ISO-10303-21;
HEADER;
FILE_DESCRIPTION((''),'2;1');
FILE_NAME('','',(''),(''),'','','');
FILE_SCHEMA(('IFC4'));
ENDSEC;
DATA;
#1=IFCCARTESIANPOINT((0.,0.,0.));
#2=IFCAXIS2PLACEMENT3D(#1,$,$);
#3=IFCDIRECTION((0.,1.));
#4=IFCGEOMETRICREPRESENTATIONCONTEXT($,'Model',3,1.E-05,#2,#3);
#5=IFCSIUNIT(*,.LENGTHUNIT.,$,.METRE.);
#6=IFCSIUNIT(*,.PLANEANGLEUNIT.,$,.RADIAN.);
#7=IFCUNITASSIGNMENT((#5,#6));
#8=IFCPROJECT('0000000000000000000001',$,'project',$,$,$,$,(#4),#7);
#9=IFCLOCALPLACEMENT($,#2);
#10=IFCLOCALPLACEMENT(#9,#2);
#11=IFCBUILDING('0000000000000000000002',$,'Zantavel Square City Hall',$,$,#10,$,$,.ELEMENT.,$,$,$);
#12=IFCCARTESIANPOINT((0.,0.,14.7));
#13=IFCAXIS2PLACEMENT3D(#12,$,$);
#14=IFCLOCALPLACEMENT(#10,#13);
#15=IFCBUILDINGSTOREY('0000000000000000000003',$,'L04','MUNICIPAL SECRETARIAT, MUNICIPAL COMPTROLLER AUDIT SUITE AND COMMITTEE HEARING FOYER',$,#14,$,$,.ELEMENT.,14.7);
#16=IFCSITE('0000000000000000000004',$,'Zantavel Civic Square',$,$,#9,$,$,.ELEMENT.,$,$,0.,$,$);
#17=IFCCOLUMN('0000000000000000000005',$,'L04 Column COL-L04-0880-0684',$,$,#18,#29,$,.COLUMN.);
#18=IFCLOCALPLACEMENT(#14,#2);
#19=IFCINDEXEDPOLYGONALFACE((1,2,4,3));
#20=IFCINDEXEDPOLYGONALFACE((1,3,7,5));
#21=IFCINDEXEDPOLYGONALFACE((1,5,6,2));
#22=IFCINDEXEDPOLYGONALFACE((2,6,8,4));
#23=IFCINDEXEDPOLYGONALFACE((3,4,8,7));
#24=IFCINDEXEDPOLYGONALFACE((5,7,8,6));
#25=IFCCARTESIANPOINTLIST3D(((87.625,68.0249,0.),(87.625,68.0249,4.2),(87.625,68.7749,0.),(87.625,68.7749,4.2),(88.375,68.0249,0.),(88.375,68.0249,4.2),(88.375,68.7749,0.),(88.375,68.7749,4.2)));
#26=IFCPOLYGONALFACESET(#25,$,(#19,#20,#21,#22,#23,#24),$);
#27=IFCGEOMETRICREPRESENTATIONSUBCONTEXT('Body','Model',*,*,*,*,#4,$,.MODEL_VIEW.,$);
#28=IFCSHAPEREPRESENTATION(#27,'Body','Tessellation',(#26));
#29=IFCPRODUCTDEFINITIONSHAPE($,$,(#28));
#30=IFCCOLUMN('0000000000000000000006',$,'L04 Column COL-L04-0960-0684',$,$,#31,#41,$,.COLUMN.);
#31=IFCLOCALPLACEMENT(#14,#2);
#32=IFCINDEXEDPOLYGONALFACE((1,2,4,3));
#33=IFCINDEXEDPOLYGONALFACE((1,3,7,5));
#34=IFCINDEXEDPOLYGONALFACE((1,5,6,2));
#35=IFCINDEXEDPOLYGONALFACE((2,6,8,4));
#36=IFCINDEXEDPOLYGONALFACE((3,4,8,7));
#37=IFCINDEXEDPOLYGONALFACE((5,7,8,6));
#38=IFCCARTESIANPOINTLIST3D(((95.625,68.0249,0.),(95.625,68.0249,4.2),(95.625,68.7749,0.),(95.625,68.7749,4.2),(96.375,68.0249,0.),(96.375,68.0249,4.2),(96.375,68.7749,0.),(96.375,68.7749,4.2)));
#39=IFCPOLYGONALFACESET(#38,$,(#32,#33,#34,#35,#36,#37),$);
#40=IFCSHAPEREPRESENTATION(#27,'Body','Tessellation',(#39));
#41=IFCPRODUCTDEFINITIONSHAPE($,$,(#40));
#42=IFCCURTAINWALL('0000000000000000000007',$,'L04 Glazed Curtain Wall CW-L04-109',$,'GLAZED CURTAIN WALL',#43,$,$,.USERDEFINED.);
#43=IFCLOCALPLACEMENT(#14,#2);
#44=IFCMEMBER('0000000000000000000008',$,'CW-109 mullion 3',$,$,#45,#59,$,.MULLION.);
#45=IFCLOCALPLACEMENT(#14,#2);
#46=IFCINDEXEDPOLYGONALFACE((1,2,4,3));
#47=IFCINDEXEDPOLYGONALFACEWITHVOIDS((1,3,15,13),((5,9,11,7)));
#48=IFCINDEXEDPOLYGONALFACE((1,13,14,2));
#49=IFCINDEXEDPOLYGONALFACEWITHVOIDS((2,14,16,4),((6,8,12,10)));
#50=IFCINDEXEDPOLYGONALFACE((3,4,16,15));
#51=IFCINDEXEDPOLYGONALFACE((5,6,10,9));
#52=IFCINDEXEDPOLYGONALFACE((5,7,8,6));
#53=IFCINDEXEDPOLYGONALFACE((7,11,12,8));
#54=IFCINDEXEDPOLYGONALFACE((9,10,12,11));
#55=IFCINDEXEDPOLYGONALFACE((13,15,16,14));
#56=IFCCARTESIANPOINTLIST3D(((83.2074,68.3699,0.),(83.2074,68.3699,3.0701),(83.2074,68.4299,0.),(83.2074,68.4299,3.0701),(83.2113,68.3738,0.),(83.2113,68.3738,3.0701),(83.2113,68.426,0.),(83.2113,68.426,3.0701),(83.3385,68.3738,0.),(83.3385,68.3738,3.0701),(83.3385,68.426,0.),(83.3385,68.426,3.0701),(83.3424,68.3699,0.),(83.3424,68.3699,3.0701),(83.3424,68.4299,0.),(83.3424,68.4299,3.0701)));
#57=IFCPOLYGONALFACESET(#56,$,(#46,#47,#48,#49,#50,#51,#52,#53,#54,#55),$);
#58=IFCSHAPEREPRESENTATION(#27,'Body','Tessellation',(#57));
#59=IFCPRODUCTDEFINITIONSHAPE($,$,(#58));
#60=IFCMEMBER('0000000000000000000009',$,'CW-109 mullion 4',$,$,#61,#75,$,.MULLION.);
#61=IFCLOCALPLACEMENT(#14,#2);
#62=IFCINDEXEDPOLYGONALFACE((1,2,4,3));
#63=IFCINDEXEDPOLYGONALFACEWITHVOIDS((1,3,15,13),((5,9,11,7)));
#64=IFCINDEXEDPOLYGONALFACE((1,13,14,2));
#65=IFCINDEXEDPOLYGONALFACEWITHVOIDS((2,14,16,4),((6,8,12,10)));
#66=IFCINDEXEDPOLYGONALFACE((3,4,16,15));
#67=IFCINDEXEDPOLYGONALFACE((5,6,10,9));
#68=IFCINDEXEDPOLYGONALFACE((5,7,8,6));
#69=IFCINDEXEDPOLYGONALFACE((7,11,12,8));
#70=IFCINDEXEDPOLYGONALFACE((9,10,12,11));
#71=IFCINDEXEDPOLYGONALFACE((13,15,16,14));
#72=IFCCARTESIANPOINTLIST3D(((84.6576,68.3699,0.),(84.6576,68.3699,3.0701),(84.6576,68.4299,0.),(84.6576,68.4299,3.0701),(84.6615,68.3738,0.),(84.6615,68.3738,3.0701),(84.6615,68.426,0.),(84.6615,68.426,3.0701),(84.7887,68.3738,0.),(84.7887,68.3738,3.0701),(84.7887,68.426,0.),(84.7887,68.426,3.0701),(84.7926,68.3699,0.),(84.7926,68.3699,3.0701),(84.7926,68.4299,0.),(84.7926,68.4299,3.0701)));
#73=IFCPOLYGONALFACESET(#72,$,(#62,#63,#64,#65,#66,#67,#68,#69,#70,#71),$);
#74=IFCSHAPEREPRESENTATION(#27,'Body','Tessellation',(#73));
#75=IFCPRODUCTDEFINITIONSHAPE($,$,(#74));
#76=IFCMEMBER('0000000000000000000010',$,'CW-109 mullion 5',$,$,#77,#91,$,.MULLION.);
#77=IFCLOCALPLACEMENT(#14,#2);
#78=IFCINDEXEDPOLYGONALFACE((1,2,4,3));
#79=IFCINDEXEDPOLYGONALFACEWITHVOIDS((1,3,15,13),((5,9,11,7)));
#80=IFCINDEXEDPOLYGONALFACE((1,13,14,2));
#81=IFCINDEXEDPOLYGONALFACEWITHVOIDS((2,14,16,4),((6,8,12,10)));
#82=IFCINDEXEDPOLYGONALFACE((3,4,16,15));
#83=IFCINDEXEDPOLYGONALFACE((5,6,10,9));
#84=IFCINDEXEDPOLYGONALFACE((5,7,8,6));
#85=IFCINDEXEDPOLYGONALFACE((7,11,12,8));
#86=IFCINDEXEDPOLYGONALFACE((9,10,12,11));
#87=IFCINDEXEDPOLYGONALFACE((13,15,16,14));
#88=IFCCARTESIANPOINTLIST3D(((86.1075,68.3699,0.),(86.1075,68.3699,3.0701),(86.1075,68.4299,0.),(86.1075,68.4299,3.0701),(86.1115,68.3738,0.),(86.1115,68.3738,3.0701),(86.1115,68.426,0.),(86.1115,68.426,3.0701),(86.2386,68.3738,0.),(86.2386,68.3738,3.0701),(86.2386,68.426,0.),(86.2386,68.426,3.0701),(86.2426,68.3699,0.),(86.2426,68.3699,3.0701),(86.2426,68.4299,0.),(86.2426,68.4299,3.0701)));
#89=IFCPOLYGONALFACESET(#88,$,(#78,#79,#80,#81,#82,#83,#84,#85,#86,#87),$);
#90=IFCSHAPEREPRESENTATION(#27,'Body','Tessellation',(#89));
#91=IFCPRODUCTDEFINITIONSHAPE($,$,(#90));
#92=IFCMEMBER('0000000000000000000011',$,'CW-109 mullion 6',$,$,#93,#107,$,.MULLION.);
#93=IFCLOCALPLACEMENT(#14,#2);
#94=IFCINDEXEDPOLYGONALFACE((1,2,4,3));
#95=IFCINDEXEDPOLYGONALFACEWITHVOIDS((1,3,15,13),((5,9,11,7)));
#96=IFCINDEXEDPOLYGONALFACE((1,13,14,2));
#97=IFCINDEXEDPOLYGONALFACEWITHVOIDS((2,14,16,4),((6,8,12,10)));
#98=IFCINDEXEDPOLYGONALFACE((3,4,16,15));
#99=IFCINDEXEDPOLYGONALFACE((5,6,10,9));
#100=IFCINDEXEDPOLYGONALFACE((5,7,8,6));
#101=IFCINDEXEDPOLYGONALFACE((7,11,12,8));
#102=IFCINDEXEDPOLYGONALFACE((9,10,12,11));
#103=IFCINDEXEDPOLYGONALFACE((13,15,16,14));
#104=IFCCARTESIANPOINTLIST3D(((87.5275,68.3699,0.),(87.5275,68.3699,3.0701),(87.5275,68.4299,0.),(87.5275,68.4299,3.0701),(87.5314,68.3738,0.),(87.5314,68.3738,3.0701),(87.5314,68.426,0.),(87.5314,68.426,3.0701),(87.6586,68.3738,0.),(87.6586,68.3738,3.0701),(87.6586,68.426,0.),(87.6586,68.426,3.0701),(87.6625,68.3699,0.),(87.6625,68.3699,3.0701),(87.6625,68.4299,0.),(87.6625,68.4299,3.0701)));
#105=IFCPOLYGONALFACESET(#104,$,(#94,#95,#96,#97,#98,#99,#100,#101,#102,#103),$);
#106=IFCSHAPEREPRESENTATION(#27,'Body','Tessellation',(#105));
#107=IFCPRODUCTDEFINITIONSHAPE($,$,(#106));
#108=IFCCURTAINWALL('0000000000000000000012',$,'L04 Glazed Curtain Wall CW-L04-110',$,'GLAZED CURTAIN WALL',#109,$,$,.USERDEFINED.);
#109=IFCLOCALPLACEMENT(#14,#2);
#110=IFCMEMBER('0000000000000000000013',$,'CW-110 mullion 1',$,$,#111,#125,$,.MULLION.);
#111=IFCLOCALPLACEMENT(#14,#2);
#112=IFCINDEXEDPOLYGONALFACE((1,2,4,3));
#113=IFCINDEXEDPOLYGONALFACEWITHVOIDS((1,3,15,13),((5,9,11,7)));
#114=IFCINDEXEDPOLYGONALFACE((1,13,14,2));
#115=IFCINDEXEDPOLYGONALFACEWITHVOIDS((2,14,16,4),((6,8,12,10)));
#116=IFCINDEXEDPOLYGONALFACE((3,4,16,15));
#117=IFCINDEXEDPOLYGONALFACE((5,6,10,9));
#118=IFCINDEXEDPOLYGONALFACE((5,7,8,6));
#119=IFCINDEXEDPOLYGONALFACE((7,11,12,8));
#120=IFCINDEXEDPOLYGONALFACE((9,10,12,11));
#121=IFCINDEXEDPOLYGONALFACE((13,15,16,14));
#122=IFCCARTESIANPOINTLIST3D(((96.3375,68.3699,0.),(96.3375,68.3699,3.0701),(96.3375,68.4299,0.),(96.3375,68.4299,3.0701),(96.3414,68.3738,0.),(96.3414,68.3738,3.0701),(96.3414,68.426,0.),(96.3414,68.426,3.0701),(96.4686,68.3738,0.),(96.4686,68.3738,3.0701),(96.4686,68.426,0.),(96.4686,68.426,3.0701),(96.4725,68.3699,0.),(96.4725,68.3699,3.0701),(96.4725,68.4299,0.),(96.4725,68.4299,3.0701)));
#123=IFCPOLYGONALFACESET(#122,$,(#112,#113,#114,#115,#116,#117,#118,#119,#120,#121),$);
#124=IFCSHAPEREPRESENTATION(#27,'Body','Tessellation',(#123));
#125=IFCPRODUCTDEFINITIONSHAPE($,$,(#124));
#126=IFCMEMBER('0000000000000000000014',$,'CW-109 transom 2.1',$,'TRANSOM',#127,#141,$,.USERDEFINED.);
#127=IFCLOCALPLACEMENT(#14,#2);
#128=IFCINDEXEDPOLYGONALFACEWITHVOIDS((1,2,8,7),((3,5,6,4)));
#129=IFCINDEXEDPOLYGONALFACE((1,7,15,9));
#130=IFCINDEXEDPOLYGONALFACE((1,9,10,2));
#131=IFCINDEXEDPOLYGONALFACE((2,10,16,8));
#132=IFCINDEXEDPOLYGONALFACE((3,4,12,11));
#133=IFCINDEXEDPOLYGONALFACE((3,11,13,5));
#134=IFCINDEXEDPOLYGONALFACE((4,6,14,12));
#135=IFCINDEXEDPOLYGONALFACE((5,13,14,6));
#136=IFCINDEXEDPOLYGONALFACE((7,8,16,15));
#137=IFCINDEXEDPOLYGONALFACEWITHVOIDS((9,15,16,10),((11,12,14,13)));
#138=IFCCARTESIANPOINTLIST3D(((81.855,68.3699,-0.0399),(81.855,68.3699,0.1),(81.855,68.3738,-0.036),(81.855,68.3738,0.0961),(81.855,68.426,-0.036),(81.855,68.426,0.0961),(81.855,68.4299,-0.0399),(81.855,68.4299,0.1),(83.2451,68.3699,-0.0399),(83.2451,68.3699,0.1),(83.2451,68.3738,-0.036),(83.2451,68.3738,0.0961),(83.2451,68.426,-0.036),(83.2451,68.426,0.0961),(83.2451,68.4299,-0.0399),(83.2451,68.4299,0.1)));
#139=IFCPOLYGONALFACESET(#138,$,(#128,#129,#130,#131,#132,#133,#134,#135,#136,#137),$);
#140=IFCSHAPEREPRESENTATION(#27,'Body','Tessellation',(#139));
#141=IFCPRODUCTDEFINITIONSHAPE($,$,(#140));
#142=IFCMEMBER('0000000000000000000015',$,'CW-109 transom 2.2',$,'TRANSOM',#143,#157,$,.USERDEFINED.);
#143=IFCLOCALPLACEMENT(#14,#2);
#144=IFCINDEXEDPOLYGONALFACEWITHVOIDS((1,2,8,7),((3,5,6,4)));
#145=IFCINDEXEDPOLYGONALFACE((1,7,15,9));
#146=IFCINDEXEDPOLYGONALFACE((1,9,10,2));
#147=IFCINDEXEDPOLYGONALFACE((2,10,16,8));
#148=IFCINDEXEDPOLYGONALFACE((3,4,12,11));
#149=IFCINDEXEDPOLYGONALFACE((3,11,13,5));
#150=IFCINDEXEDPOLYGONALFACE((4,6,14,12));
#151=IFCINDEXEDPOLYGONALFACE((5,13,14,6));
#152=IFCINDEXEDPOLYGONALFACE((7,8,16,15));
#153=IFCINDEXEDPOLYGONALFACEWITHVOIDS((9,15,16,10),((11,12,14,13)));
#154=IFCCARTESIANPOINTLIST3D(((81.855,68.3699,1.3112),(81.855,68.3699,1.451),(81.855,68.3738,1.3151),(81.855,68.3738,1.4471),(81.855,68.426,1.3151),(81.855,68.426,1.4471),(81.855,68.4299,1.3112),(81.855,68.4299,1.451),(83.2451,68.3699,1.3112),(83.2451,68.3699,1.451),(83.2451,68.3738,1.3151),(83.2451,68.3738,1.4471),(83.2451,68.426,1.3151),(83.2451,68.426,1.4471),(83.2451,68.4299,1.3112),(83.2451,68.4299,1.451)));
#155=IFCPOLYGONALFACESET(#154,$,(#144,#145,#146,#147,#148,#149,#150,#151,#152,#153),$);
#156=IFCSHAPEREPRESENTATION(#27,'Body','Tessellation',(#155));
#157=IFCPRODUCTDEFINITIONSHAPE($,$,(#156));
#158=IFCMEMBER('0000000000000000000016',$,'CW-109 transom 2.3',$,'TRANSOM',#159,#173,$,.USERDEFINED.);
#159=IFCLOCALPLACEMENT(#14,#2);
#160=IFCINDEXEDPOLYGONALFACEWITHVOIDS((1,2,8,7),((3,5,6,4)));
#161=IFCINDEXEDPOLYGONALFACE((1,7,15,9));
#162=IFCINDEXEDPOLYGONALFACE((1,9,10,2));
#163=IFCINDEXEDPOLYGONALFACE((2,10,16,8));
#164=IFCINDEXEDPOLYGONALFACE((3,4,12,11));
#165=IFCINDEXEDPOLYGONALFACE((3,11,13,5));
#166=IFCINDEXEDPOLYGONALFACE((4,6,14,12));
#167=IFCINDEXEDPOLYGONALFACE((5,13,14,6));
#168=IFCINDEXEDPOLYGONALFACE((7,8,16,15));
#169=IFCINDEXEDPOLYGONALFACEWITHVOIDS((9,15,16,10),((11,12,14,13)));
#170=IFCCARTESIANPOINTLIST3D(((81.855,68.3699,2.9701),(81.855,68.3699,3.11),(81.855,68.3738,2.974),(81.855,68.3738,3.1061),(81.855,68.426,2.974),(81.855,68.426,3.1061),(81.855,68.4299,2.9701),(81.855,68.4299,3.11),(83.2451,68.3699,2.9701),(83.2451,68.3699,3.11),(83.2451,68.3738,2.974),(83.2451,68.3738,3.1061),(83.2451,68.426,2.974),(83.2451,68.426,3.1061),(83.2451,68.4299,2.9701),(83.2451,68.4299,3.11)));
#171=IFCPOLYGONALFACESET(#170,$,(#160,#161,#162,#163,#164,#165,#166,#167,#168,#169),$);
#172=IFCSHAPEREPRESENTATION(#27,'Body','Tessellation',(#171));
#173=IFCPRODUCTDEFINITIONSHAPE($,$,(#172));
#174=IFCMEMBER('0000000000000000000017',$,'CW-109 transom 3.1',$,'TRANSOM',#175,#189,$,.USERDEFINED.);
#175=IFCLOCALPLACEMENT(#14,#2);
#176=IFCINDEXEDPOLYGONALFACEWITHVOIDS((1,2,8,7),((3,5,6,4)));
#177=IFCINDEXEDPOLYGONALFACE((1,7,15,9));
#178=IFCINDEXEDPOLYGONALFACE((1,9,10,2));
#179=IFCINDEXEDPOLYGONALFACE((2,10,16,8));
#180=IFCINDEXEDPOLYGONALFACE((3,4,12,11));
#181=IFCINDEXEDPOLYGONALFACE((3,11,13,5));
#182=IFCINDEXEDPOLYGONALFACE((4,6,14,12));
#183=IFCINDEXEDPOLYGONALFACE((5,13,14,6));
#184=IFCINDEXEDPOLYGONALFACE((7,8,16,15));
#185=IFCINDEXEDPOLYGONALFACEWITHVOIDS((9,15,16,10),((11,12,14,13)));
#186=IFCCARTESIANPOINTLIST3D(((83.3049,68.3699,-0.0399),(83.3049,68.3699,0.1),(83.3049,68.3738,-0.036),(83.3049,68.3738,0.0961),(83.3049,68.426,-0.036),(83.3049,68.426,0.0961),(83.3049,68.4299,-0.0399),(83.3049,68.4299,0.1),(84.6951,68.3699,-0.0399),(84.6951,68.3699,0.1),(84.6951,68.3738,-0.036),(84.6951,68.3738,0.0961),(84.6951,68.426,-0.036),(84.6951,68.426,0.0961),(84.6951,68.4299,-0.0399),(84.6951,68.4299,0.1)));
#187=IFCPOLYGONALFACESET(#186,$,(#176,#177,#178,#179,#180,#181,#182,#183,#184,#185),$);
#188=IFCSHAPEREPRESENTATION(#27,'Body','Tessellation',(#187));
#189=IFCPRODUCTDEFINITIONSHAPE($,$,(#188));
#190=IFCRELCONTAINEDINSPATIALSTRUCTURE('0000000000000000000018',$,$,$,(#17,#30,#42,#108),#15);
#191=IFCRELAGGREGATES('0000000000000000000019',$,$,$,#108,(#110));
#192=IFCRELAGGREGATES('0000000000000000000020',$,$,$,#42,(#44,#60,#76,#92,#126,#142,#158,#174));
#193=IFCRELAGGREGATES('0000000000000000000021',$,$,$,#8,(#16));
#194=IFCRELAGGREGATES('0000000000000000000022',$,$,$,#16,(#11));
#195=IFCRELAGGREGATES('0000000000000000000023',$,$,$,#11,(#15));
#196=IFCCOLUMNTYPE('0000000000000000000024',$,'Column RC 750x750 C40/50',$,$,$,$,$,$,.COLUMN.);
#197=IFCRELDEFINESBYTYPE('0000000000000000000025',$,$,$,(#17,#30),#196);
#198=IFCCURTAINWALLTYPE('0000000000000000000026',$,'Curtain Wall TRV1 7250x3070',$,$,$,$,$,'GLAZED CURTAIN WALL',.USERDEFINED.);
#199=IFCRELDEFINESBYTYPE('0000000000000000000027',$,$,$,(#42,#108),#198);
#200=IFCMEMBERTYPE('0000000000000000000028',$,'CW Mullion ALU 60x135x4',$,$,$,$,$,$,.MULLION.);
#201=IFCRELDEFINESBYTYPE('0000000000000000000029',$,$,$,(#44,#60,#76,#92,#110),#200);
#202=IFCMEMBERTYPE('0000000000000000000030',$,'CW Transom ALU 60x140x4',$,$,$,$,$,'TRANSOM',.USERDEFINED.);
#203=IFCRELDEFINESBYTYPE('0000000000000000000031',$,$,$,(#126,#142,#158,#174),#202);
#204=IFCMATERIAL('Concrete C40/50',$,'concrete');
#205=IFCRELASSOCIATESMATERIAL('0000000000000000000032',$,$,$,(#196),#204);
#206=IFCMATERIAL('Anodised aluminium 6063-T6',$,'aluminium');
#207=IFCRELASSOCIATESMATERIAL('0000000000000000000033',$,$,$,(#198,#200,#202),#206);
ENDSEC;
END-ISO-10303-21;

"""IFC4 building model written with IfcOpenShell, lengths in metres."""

from ifc_helpers import new_model, si_unit, direction, frame, origin, origin_2d, place, context, subcontext, project, spatial, rectangle, hollow_rectangle, extrude, material, material_profile, profile_set, type_object, element, aggregate, save


model = new_model("IFC4")

# Units and contexts
model_context = context("Model", 3, precision=1e-05, world=origin(), true_north=direction((0.0, 1.0)))
body_context = subcontext(model_context, "Body", "Model", "MODEL_VIEW")
ifc_project = project(units=[si_unit("LENGTHUNIT", "METRE"), si_unit("PLANEANGLEUNIT", "RADIAN")], contexts=[model_context])

# Site, building, storey
site_placement = place(None, origin())
site = spatial("IfcSite", under=ifc_project, at=site_placement, Name="Zantavel Civic Square", CompositionType="ELEMENT", RefElevation=0.0)
building_placement = place(site_placement, origin())
building = spatial("IfcBuilding", under=site, at=building_placement, Name="Zantavel Square City Hall", CompositionType="ELEMENT")
storey_placement = place(building_placement, frame((0.0, 0.0, 14.7)))
storey = spatial("IfcBuildingStorey", under=building, at=storey_placement, Name="L04", Description="MUNICIPAL SECRETARIAT, MUNICIPAL COMPTROLLER AUDIT SUITE AND COMMITTEE HEARING FOYER", CompositionType="ELEMENT", Elevation=14.7)

# Columns
ifc_material_1 = material(Name="Concrete C40/50", Category="concrete")
ifc_material_profile_1 = material_profile(ifc_material_1, rectangle(XDim=0.75, YDim=0.75, at=origin_2d()), Name="RC 750x750")
ifc_profile_set_1 = profile_set([ifc_material_profile_1], Name="Concrete C40/50")
column_type = type_object("IfcColumnType", Name="Column RC 750x750 C40/50", PredefinedType="COLUMN", material=ifc_profile_set_1)
for number, where, z_axis, x_axis, name in (
    (1, (88.0, 68.3999, 0.0), (0.0, 0.0, 1.0), (1.0, 0.0, 0.0), "L04 Column COL-L04-0880-0684"),
    (2, (96.0, 68.3999, 0.0), (0.0, 0.0, 1.0), (1.0, 0.0, 0.0), "L04 Column COL-L04-0960-0684"),
):
    element("IfcColumn", number, at=place(storey_placement, frame(where, z_axis=z_axis, x_axis=x_axis)), inside=storey, type_object=column_type, Name=name, PredefinedType="COLUMN", context=body_context, shape_type="SweptSolid", body=[
        extrude(rectangle(XDim=0.75, YDim=0.75, at=origin_2d()), origin(), (0.0, 0.0, 1.0), 4.2),
    ])

# Curtain wall, members
ifc_material_2 = material(Name="Anodised aluminium 6063-T6", Category="aluminium")
curtain_wall_type = type_object("IfcCurtainWallType", Name="Curtain Wall TRV1 7250x3070", ElementType="GLAZED CURTAIN WALL", PredefinedType="USERDEFINED", material=ifc_material_2)
curtain_wall_1_placement = place(storey_placement, origin())
curtain_wall_1 = element("IfcCurtainWall", 3, at=curtain_wall_1_placement, inside=storey, type_object=curtain_wall_type, Name="L04 Glazed Curtain Wall CW-L04-109", ObjectType="GLAZED CURTAIN WALL", PredefinedType="USERDEFINED")
ifc_material_profile_2 = material_profile(ifc_material_2, hollow_rectangle(XDim=0.0601, YDim=0.135, WallThickness=0.0039, at=origin_2d()), Name="ALU 60x135x4")
ifc_profile_set_2 = profile_set([ifc_material_profile_2], Name="Anodised aluminium 6063-T6")
member_type_1 = type_object("IfcMemberType", Name="CW Mullion ALU 60x135x4", PredefinedType="MULLION", material=ifc_profile_set_2)
member_1_placement = place(storey_placement, frame((83.2749, 68.3999, 0.0), z_axis=(0.0, 0.0, 1.0), x_axis=(0.0, 1.0, 0.0)))
member_1 = element("IfcMember", 4, at=member_1_placement, type_object=member_type_1, Name="CW-109 mullion 3", PredefinedType="MULLION", context=body_context, shape_type="SweptSolid", body=[
    extrude(hollow_rectangle(XDim=0.0601, YDim=0.135, WallThickness=0.0039, at=origin_2d()), origin(), (0.0, 0.0, 1.0), 3.0701),
])
member_2_placement = place(storey_placement, frame((84.7251, 68.3999, 0.0), z_axis=(0.0, 0.0, 1.0), x_axis=(0.0, 1.0, 0.0)))
member_2 = element("IfcMember", 5, at=member_2_placement, type_object=member_type_1, Name="CW-109 mullion 4", PredefinedType="MULLION", context=body_context, shape_type="SweptSolid", body=[
    extrude(hollow_rectangle(XDim=0.0601, YDim=0.135, WallThickness=0.0039, at=origin_2d()), origin(), (0.0, 0.0, 1.0), 3.0701),
])
member_3_placement = place(storey_placement, frame((86.175, 68.3999, 0.0), z_axis=(0.0, 0.0, 1.0), x_axis=(0.0, 1.0, 0.0)))
member_3 = element("IfcMember", 6, at=member_3_placement, type_object=member_type_1, Name="CW-109 mullion 5", PredefinedType="MULLION", context=body_context, shape_type="SweptSolid", body=[
    extrude(hollow_rectangle(XDim=0.0601, YDim=0.135, WallThickness=0.0039, at=origin_2d()), origin(), (0.0, 0.0, 1.0), 3.0701),
])
member_4_placement = place(storey_placement, frame((87.595, 68.3999, 0.0), z_axis=(0.0, 0.0, 1.0), x_axis=(0.0, 1.0, 0.0)))
member_4 = element("IfcMember", 7, at=member_4_placement, type_object=member_type_1, Name="CW-109 mullion 6", PredefinedType="MULLION", context=body_context, shape_type="SweptSolid", body=[
    extrude(hollow_rectangle(XDim=0.0601, YDim=0.135, WallThickness=0.0039, at=origin_2d()), origin(), (0.0, 0.0, 1.0), 3.0701),
])

# Curtain wall, member
curtain_wall_2_placement = place(storey_placement, origin())
curtain_wall_2 = element("IfcCurtainWall", 8, at=curtain_wall_2_placement, inside=storey, type_object=curtain_wall_type, Name="L04 Glazed Curtain Wall CW-L04-110", ObjectType="GLAZED CURTAIN WALL", PredefinedType="USERDEFINED")
member_5_placement = place(storey_placement, frame((96.405, 68.3999, 0.0), z_axis=(0.0, 0.0, 1.0), x_axis=(0.0, 1.0, 0.0)))
member_5 = element("IfcMember", 9, at=member_5_placement, type_object=member_type_1, Name="CW-110 mullion 1", PredefinedType="MULLION", context=body_context, shape_type="SweptSolid", body=[
    extrude(hollow_rectangle(XDim=0.0601, YDim=0.135, WallThickness=0.0039, at=origin_2d()), origin(), (0.0, 0.0, 1.0), 3.0701),
])

# Members
ifc_material_profile_3 = material_profile(ifc_material_2, hollow_rectangle(XDim=0.0601, YDim=0.1399, WallThickness=0.0039, at=origin_2d()), Name="ALU 60x140x4")
ifc_profile_set_3 = profile_set([ifc_material_profile_3], Name="Anodised aluminium 6063-T6")
member_type_2 = type_object("IfcMemberType", Name="CW Transom ALU 60x140x4", ElementType="TRANSOM", PredefinedType="USERDEFINED", material=ifc_profile_set_3)
member_6_placement = place(storey_placement, frame((81.855, 68.3999, 0.03), z_axis=(1.0, 0.0, 0.0), x_axis=(0.0, 1.0, 0.0)))
member_6 = element("IfcMember", 10, at=member_6_placement, type_object=member_type_2, Name="CW-109 transom 2.1", ObjectType="TRANSOM", PredefinedType="USERDEFINED", context=body_context, shape_type="SweptSolid", body=[
    extrude(hollow_rectangle(XDim=0.0601, YDim=0.1399, WallThickness=0.0039, at=origin_2d()), origin(), (0.0, 0.0, 1.0), 1.3901),
])
member_7_placement = place(storey_placement, frame((81.855, 68.3999, 1.3811), z_axis=(1.0, 0.0, 0.0), x_axis=(0.0, 1.0, 0.0)))
member_7 = element("IfcMember", 11, at=member_7_placement, type_object=member_type_2, Name="CW-109 transom 2.2", ObjectType="TRANSOM", PredefinedType="USERDEFINED", context=body_context, shape_type="SweptSolid", body=[
    extrude(hollow_rectangle(XDim=0.0601, YDim=0.1399, WallThickness=0.0039, at=origin_2d()), origin(), (0.0, 0.0, 1.0), 1.3901),
])
member_8_placement = place(storey_placement, frame((81.855, 68.3999, 3.04), z_axis=(1.0, 0.0, 0.0), x_axis=(0.0, 1.0, 0.0)))
member_8 = element("IfcMember", 12, at=member_8_placement, type_object=member_type_2, Name="CW-109 transom 2.3", ObjectType="TRANSOM", PredefinedType="USERDEFINED", context=body_context, shape_type="SweptSolid", body=[
    extrude(hollow_rectangle(XDim=0.0601, YDim=0.1399, WallThickness=0.0039, at=origin_2d()), origin(), (0.0, 0.0, 1.0), 1.3901),
])
member_9_placement = place(storey_placement, frame((83.3049, 68.3999, 0.03), z_axis=(1.0, 0.0, 0.0), x_axis=(0.0, 1.0, 0.0)))
member_9 = element("IfcMember", 13, at=member_9_placement, type_object=member_type_2, Name="CW-109 transom 3.1", ObjectType="TRANSOM", PredefinedType="USERDEFINED", context=body_context, shape_type="SweptSolid", body=[
    extrude(hollow_rectangle(XDim=0.0601, YDim=0.1399, WallThickness=0.0039, at=origin_2d()), origin(), (0.0, 0.0, 1.0), 1.3901),
])
aggregate(curtain_wall_2, [member_5])

aggregate(curtain_wall_1, [member_1, member_2, member_3, member_4, member_6, member_7, member_8, member_9])

save(model, "model.ifc")
